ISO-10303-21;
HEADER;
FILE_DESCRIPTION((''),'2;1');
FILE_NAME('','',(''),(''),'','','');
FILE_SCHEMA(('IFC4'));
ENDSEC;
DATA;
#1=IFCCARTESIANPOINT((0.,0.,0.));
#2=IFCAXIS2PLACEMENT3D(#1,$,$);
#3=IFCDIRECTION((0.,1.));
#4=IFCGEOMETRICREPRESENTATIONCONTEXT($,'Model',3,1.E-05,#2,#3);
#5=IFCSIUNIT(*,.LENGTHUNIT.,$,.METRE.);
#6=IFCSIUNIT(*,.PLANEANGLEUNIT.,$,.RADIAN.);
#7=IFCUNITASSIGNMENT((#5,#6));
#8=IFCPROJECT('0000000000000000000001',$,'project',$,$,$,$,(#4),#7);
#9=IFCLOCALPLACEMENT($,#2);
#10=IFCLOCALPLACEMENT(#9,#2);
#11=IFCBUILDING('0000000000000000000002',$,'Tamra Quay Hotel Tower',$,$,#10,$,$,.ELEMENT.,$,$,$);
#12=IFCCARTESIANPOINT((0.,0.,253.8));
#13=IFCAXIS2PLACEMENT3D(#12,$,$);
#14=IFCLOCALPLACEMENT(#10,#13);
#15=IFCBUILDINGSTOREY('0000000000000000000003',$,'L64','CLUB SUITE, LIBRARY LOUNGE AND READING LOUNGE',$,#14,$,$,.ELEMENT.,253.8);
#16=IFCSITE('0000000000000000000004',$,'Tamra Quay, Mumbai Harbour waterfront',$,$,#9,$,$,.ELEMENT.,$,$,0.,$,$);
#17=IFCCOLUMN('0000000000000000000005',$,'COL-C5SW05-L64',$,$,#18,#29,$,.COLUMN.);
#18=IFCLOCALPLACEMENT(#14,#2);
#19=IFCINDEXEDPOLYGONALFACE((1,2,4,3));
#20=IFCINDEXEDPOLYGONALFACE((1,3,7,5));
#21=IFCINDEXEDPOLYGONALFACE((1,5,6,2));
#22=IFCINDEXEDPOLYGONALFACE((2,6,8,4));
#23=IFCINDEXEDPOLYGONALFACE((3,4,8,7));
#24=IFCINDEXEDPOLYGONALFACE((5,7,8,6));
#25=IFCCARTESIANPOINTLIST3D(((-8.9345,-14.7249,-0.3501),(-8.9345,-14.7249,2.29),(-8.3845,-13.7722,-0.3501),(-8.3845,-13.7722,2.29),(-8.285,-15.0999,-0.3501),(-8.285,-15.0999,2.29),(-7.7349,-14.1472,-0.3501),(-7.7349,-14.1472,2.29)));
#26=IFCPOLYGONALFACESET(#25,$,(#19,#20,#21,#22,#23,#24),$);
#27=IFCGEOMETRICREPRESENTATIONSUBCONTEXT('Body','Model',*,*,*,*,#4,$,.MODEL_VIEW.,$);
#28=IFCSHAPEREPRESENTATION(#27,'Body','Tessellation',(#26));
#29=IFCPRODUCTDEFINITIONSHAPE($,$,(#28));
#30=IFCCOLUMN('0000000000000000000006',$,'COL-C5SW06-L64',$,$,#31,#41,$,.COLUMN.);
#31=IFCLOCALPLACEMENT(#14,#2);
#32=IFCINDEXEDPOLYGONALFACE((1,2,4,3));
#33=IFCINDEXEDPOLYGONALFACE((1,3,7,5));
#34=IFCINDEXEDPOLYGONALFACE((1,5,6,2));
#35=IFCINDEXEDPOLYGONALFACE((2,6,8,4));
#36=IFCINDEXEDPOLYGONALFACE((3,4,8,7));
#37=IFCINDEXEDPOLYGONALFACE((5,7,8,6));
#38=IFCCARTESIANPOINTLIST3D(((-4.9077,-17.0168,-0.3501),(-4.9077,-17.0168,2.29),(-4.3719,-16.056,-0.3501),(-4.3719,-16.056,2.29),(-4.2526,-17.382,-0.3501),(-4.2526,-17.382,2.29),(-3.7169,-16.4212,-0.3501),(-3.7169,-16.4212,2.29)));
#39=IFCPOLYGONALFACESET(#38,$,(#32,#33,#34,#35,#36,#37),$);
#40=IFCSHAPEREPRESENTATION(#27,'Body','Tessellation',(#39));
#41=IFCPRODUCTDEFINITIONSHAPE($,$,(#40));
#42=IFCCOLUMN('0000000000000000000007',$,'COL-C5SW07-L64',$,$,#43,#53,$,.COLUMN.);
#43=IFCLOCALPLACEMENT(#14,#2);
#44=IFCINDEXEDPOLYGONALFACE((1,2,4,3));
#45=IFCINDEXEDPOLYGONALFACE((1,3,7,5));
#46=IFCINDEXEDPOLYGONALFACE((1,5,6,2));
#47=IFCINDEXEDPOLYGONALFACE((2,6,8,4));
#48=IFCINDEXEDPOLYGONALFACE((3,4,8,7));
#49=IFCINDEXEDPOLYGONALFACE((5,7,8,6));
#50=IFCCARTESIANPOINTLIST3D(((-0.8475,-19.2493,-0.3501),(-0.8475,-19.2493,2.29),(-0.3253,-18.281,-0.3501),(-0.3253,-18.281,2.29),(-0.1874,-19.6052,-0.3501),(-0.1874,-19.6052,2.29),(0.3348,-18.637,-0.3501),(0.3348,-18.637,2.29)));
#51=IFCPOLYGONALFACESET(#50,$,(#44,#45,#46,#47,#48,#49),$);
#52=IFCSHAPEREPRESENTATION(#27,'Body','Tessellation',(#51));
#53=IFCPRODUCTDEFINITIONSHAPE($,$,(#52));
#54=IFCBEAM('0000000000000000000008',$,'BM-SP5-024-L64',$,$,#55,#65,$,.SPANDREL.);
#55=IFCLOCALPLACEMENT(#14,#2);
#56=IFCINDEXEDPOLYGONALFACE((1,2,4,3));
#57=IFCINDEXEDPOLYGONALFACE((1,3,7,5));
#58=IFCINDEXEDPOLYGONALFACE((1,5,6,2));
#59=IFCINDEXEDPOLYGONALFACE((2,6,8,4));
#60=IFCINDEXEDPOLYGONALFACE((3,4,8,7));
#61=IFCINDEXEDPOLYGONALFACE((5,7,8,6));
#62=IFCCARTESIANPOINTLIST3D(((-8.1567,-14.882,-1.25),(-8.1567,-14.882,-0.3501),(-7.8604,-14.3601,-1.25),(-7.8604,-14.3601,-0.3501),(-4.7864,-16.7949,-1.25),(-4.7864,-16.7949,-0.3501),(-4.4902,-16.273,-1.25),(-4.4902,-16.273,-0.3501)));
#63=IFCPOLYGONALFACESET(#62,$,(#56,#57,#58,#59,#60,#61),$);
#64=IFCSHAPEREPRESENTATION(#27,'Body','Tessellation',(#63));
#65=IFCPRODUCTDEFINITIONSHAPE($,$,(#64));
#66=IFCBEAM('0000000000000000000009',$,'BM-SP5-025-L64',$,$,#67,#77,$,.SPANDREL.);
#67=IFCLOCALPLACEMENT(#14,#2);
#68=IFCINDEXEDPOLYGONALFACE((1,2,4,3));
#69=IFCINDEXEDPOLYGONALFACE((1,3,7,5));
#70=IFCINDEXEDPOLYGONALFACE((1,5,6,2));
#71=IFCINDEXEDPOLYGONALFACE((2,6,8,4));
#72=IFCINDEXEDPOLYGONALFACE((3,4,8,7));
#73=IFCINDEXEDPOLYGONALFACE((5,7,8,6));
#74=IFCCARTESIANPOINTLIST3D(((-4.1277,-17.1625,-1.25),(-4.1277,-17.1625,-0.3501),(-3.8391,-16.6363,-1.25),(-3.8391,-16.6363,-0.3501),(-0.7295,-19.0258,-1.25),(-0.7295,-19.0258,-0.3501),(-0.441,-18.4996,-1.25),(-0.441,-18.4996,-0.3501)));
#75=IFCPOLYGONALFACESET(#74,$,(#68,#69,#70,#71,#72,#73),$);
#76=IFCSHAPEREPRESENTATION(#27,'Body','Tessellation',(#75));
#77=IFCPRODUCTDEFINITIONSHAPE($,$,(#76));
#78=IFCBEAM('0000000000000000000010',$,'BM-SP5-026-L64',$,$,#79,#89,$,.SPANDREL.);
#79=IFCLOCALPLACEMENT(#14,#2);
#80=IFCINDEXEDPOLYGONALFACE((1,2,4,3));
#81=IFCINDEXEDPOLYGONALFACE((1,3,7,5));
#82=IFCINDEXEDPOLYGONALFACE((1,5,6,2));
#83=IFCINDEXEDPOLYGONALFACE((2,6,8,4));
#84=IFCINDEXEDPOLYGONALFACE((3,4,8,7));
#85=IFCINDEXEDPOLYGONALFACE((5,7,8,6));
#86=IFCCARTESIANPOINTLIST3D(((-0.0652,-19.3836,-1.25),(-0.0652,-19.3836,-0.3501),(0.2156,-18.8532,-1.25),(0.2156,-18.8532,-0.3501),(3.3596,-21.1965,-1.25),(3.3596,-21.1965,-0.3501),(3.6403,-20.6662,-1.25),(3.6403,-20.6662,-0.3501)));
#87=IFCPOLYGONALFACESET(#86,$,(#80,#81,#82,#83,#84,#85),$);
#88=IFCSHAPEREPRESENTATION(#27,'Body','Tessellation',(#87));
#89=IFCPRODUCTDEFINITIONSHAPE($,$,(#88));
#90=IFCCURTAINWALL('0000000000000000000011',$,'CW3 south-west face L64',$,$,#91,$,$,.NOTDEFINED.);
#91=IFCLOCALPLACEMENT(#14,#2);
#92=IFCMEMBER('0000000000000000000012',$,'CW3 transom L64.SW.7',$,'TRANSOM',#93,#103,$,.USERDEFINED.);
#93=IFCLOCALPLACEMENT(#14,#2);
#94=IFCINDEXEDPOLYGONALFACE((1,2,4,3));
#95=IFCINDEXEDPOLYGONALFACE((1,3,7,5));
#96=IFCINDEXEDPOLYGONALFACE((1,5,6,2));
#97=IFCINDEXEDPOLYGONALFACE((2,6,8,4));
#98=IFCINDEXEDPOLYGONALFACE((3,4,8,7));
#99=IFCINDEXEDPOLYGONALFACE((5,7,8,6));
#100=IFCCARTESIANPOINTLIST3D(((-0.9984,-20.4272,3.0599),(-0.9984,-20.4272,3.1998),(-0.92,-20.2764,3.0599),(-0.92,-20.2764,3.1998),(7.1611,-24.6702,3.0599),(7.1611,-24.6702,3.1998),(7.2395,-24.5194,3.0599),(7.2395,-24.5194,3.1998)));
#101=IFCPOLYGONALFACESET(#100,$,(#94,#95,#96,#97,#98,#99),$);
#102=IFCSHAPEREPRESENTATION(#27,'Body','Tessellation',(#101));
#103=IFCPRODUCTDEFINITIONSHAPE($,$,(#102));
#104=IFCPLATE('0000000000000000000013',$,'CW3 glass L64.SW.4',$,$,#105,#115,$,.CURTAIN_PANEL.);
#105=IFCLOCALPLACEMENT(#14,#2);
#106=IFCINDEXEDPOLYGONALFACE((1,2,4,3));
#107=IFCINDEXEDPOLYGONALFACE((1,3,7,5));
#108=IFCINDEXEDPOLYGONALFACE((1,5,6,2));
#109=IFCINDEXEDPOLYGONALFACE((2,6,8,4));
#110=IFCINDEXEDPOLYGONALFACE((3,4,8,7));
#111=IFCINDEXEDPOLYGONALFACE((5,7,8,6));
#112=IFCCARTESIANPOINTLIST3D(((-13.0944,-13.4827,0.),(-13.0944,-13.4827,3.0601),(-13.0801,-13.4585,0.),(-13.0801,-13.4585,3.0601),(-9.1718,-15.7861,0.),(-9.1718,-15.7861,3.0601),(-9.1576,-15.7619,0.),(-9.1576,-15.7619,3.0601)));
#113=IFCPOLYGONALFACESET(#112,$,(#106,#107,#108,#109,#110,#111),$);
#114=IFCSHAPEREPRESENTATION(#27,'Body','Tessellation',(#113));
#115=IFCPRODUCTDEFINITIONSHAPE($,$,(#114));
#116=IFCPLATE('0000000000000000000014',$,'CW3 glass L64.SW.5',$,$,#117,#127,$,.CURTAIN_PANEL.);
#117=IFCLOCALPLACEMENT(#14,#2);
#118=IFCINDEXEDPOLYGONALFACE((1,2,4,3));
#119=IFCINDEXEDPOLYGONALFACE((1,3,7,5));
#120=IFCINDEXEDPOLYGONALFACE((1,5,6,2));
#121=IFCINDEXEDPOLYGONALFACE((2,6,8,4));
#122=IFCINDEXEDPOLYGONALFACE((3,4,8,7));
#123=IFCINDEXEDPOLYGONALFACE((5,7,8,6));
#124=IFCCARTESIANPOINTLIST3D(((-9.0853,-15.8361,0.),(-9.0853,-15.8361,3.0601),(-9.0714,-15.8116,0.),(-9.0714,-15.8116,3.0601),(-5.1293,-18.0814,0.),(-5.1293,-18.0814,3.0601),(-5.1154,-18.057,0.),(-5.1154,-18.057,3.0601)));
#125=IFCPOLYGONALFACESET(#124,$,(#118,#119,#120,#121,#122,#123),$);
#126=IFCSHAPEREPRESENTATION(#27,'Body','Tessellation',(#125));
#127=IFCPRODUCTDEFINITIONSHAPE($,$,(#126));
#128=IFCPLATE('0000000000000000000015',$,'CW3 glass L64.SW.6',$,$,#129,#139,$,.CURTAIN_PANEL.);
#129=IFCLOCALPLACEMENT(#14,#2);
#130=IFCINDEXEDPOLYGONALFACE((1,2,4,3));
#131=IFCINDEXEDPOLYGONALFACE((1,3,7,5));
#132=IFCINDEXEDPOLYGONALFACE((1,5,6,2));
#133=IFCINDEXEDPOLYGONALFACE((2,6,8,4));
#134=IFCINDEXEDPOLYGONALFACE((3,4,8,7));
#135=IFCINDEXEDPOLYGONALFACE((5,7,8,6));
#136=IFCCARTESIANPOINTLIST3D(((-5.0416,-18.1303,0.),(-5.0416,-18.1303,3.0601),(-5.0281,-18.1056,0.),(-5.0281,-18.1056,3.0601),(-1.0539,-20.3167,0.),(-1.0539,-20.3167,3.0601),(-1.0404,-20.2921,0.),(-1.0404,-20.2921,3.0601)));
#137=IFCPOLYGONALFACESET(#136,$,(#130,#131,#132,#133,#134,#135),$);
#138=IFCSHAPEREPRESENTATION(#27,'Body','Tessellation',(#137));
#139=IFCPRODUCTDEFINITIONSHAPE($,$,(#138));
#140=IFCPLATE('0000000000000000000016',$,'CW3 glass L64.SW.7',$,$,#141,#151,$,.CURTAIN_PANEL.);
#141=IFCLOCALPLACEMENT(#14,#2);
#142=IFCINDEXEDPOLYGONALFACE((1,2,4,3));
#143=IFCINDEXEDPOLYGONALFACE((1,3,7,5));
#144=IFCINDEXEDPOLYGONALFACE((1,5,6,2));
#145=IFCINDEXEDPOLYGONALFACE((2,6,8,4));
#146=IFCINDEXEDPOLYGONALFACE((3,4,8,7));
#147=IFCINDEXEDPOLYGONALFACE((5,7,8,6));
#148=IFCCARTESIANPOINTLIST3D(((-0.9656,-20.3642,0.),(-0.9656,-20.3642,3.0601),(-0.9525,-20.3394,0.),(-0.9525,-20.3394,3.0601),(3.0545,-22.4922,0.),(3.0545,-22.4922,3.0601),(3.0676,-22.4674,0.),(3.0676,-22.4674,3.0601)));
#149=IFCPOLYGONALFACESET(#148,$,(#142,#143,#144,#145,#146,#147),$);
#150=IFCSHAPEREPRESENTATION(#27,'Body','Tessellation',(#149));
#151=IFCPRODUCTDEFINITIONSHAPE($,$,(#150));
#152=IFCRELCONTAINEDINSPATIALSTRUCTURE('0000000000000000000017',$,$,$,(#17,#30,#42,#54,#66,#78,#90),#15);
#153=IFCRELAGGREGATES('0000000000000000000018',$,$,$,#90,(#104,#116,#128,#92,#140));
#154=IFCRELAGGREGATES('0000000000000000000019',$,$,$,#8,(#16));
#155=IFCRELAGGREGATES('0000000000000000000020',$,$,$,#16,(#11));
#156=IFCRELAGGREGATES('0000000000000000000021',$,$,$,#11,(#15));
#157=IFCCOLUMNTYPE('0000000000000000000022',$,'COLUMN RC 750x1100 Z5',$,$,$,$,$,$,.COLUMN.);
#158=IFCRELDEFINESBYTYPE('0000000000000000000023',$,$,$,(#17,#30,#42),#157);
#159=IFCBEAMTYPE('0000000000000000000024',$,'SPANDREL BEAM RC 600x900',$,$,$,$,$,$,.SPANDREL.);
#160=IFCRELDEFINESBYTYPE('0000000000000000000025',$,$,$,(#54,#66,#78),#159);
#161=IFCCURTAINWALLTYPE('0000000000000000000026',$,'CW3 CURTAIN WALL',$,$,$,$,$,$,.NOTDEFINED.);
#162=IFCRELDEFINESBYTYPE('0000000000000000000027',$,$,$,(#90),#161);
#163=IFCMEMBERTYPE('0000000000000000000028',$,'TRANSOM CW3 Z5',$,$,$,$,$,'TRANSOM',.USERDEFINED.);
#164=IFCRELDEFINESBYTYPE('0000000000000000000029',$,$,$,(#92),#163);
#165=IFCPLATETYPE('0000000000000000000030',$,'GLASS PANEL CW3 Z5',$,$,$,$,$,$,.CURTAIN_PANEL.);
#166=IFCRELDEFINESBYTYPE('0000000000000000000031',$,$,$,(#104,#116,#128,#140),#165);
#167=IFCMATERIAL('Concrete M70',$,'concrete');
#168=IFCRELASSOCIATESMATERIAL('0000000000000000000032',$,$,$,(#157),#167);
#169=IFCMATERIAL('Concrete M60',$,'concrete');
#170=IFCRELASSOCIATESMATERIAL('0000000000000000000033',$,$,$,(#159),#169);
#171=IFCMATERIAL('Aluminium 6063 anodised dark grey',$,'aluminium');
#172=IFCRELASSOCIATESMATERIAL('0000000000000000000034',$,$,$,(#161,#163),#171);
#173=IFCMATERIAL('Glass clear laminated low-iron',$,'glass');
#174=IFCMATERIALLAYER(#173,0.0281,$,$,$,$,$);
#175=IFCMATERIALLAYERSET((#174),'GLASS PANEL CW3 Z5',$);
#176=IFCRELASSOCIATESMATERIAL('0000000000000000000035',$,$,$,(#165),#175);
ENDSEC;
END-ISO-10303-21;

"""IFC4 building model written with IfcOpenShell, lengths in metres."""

from ifc_helpers import new_model, si_unit, direction, frame, origin, origin_2d, place, context, subcontext, project, spatial, rectangle, extrude, material, layer, layer_set, material_profile, profile_set, type_object, element, aggregate, save


model = new_model("IFC4")

# Units and contexts
model_context = context("Model", 3, precision=1e-05, world=origin(), true_north=direction((0.0, 1.0)))
body_context = subcontext(model_context, "Body", "Model", "MODEL_VIEW")
ifc_project = project(units=[si_unit("LENGTHUNIT", "METRE"), si_unit("PLANEANGLEUNIT", "RADIAN")], contexts=[model_context])

# Site, building, storey
site_placement = place(None, origin())
site = spatial("IfcSite", under=ifc_project, at=site_placement, Name="Tamra Quay, Mumbai Harbour waterfront", CompositionType="ELEMENT", RefElevation=0.0)
building_placement = place(site_placement, origin())
building = spatial("IfcBuilding", under=site, at=building_placement, Name="Tamra Quay Hotel Tower", CompositionType="ELEMENT")
storey_placement = place(building_placement, frame((0.0, 0.0, 253.8)))
storey = spatial("IfcBuildingStorey", under=building, at=storey_placement, Name="L64", Description="CLUB SUITE, LIBRARY LOUNGE AND READING LOUNGE", CompositionType="ELEMENT", Elevation=253.8)

# Columns
ifc_material_1 = material(Name="Concrete M70", Category="concrete")
ifc_material_profile_1 = material_profile(ifc_material_1, rectangle(XDim=1.1001, YDim=0.75, at=origin_2d()), Name="COLUMN RC 750x1100 Z5")
ifc_profile_set_1 = profile_set([ifc_material_profile_1], Name="Concrete M70")
column_type = type_object("IfcColumnType", Name="COLUMN RC 750x1100 Z5", PredefinedType="COLUMN", material=ifc_profile_set_1)
for number, where, z_axis, x_axis, name in (
    (1, (-8.3347, -14.436, -0.3501), (0.0, 0.0, 1.0), (0.5, 0.866025, 0.0), "COL-C5SW05-L64"),
    (2, (-4.3123, -16.719, -0.3501), (0.0, 0.0, 1.0), (0.486989, 0.873408, 0.0), "COL-C5SW06-L64"),
    (3, (-0.2563, -18.9431, -0.3501), (0.0, 0.0, 1.0), (0.474651, 0.880174, 0.0), "COL-C5SW07-L64"),
):
    element("IfcColumn", number, at=place(storey_placement, frame(where, z_axis=z_axis, x_axis=x_axis)), inside=storey, type_object=column_type, Name=name, PredefinedType="COLUMN", context=body_context, shape_type="SweptSolid", body=[
        extrude(rectangle(XDim=1.1001, YDim=0.75, at=origin_2d()), origin(), (0.0, 0.0, 1.0), 2.6401),
    ])

# Beams
ifc_material_2 = material(Name="Concrete M60", Category="concrete")
ifc_material_profile_2 = material_profile(ifc_material_2, rectangle(XDim=0.6001, YDim=0.8999, at=origin_2d()), Name="SPANDREL BEAM RC 600x900")
ifc_profile_set_2 = profile_set([ifc_material_profile_2], Name="Concrete M60")
beam_type = type_object("IfcBeamType", Name="SPANDREL BEAM RC 600x900", PredefinedType="SPANDREL", material=ifc_profile_set_2)
beam_1_placement = place(storey_placement, frame((-8.0085, -14.6211, -0.8), z_axis=(0.869678, -0.49362, 0.0), x_axis=(0.49362, 0.869678, 0.0)))
element("IfcBeam", 4, at=beam_1_placement, inside=storey, type_object=beam_type, Name="BM-SP5-024-L64", PredefinedType="SPANDREL", context=body_context, shape_type="SweptSolid", body=[
    extrude(rectangle(XDim=0.6001, YDim=0.8999, at=origin_2d()), origin(), (0.0, 0.0, 1.0), 3.8752),
])
beam_2_placement = place(storey_placement, frame((-3.9834, -16.8994, -0.8), z_axis=(0.876839, -0.480784, 0.0), x_axis=(0.480784, 0.876839, 0.0)))
element("IfcBeam", 5, at=beam_2_placement, inside=storey, type_object=beam_type, Name="BM-SP5-025-L64", PredefinedType="SPANDREL", context=body_context, shape_type="SweptSolid", body=[
    extrude(rectangle(XDim=0.6001, YDim=0.8999, at=origin_2d()), origin(), (0.0, 0.0, 1.0), 3.8755),
])
beam_3_placement = place(storey_placement, frame((0.0752, -19.1184, -0.8), z_axis=(0.883803, -0.467859, 0.0), x_axis=(0.467859, 0.883803, 0.0)))
element("IfcBeam", 6, at=beam_3_placement, inside=storey, type_object=beam_type, Name="BM-SP5-026-L64", PredefinedType="SPANDREL", context=body_context, shape_type="SweptSolid", body=[
    extrude(rectangle(XDim=0.6001, YDim=0.8999, at=origin_2d()), origin(), (0.0, 0.0, 1.0), 3.875),
])

# Curtain wall, member, plates
ifc_material_3 = material(Name="Aluminium 6063 anodised dark grey", Category="aluminium")
curtain_wall_type = type_object("IfcCurtainWallType", Name="CW3 CURTAIN WALL", PredefinedType="NOTDEFINED", material=ifc_material_3)
curtain_wall_placement = place(storey_placement, origin())
curtain_wall = element("IfcCurtainWall", 7, at=curtain_wall_placement, inside=storey, type_object=curtain_wall_type, Name="CW3 south-west face L64", PredefinedType="NOTDEFINED")
ifc_material_profile_3 = material_profile(ifc_material_3, rectangle(XDim=0.1699, YDim=0.1399, at=origin_2d()), Name="TRANSOM 170X140")
ifc_profile_set_3 = profile_set([ifc_material_profile_3], Name="Aluminium 6063 anodised dark grey")
member_type = type_object("IfcMemberType", Name="TRANSOM CW3 Z5", ElementType="TRANSOM", PredefinedType="USERDEFINED", material=ifc_profile_set_3)
member_placement = place(storey_placement, frame((-0.9592, -20.3518, 3.1299), z_axis=(0.887216, -0.461354, 0.0), x_axis=(0.461354, 0.887216, 0.0)))
member = element("IfcMember", 8, at=member_placement, type_object=member_type, Name="CW3 transom L64.SW.7", ObjectType="TRANSOM", PredefinedType="USERDEFINED", context=body_context, shape_type="SweptSolid", body=[
    extrude(rectangle(XDim=0.1699, YDim=0.1399, at=origin_2d()), origin(), (0.0, 0.0, 1.0), 9.1968),
])
ifc_material_4 = material(Name="Glass clear laminated low-iron", Category="glass")
ifc_layer_1 = layer(ifc_material_4, 0.0281)
ifc_layer_set_1 = layer_set([ifc_layer_1], Name="GLASS PANEL CW3 Z5")
plate_type = type_object("IfcPlateType", Name="GLASS PANEL CW3 Z5", PredefinedType="CURTAIN_PANEL", material=ifc_layer_set_1)
plate_1_placement = place(storey_placement, frame((-11.126, -14.6223, 0.0), z_axis=(0.0, 0.0, 1.0), x_axis=(0.862321, -0.506362, 0.0)))
plate_1 = element("IfcPlate", 9, at=plate_1_placement, type_object=plate_type, Name="CW3 glass L64.SW.4", PredefinedType="CURTAIN_PANEL", context=body_context, shape_type="SweptSolid", body=[
    extrude(rectangle(XDim=4.5488, YDim=0.0281, at=origin_2d()), origin(), (0.0, 0.0, 1.0), 3.0601),
])
plate_2_placement = place(storey_placement, frame((-7.1003, -16.9465, 0.0), z_axis=(0.0, 0.0, 1.0), x_axis=(0.869683, -0.493611, 0.0)))
plate_2 = element("IfcPlate", 10, at=plate_2_placement, type_object=plate_type, Name="CW3 glass L64.SW.5", PredefinedType="CURTAIN_PANEL", context=body_context, shape_type="SweptSolid", body=[
    extrude(rectangle(XDim=4.5488, YDim=0.0281, at=origin_2d()), origin(), (0.0, 0.0, 1.0), 3.0601),
])
plate_3_placement = place(storey_placement, frame((-3.041, -19.2112, 0.0), z_axis=(0.0, 0.0, 1.0), x_axis=(0.876846, -0.480771, 0.0)))
plate_3 = element("IfcPlate", 11, at=plate_3_placement, type_object=plate_type, Name="CW3 glass L64.SW.6", PredefinedType="CURTAIN_PANEL", context=body_context, shape_type="SweptSolid", body=[
    extrude(rectangle(XDim=4.5479, YDim=0.0281, at=origin_2d()), origin(), (0.0, 0.0, 1.0), 3.0601),
])
plate_4_placement = place(storey_placement, frame((1.051, -21.4158, 0.0), z_axis=(0.0, 0.0, 1.0), x_axis=(0.883813, -0.467841, 0.0)))
plate_4 = element("IfcPlate", 12, at=plate_4_placement, type_object=plate_type, Name="CW3 glass L64.SW.7", PredefinedType="CURTAIN_PANEL", context=body_context, shape_type="SweptSolid", body=[
    extrude(rectangle(XDim=4.5486, YDim=0.0281, at=origin_2d()), origin(), (0.0, 0.0, 1.0), 3.0601),
])
aggregate(curtain_wall, [plate_1, plate_2, plate_3, member, plate_4])

save(model, "model.ifc")
